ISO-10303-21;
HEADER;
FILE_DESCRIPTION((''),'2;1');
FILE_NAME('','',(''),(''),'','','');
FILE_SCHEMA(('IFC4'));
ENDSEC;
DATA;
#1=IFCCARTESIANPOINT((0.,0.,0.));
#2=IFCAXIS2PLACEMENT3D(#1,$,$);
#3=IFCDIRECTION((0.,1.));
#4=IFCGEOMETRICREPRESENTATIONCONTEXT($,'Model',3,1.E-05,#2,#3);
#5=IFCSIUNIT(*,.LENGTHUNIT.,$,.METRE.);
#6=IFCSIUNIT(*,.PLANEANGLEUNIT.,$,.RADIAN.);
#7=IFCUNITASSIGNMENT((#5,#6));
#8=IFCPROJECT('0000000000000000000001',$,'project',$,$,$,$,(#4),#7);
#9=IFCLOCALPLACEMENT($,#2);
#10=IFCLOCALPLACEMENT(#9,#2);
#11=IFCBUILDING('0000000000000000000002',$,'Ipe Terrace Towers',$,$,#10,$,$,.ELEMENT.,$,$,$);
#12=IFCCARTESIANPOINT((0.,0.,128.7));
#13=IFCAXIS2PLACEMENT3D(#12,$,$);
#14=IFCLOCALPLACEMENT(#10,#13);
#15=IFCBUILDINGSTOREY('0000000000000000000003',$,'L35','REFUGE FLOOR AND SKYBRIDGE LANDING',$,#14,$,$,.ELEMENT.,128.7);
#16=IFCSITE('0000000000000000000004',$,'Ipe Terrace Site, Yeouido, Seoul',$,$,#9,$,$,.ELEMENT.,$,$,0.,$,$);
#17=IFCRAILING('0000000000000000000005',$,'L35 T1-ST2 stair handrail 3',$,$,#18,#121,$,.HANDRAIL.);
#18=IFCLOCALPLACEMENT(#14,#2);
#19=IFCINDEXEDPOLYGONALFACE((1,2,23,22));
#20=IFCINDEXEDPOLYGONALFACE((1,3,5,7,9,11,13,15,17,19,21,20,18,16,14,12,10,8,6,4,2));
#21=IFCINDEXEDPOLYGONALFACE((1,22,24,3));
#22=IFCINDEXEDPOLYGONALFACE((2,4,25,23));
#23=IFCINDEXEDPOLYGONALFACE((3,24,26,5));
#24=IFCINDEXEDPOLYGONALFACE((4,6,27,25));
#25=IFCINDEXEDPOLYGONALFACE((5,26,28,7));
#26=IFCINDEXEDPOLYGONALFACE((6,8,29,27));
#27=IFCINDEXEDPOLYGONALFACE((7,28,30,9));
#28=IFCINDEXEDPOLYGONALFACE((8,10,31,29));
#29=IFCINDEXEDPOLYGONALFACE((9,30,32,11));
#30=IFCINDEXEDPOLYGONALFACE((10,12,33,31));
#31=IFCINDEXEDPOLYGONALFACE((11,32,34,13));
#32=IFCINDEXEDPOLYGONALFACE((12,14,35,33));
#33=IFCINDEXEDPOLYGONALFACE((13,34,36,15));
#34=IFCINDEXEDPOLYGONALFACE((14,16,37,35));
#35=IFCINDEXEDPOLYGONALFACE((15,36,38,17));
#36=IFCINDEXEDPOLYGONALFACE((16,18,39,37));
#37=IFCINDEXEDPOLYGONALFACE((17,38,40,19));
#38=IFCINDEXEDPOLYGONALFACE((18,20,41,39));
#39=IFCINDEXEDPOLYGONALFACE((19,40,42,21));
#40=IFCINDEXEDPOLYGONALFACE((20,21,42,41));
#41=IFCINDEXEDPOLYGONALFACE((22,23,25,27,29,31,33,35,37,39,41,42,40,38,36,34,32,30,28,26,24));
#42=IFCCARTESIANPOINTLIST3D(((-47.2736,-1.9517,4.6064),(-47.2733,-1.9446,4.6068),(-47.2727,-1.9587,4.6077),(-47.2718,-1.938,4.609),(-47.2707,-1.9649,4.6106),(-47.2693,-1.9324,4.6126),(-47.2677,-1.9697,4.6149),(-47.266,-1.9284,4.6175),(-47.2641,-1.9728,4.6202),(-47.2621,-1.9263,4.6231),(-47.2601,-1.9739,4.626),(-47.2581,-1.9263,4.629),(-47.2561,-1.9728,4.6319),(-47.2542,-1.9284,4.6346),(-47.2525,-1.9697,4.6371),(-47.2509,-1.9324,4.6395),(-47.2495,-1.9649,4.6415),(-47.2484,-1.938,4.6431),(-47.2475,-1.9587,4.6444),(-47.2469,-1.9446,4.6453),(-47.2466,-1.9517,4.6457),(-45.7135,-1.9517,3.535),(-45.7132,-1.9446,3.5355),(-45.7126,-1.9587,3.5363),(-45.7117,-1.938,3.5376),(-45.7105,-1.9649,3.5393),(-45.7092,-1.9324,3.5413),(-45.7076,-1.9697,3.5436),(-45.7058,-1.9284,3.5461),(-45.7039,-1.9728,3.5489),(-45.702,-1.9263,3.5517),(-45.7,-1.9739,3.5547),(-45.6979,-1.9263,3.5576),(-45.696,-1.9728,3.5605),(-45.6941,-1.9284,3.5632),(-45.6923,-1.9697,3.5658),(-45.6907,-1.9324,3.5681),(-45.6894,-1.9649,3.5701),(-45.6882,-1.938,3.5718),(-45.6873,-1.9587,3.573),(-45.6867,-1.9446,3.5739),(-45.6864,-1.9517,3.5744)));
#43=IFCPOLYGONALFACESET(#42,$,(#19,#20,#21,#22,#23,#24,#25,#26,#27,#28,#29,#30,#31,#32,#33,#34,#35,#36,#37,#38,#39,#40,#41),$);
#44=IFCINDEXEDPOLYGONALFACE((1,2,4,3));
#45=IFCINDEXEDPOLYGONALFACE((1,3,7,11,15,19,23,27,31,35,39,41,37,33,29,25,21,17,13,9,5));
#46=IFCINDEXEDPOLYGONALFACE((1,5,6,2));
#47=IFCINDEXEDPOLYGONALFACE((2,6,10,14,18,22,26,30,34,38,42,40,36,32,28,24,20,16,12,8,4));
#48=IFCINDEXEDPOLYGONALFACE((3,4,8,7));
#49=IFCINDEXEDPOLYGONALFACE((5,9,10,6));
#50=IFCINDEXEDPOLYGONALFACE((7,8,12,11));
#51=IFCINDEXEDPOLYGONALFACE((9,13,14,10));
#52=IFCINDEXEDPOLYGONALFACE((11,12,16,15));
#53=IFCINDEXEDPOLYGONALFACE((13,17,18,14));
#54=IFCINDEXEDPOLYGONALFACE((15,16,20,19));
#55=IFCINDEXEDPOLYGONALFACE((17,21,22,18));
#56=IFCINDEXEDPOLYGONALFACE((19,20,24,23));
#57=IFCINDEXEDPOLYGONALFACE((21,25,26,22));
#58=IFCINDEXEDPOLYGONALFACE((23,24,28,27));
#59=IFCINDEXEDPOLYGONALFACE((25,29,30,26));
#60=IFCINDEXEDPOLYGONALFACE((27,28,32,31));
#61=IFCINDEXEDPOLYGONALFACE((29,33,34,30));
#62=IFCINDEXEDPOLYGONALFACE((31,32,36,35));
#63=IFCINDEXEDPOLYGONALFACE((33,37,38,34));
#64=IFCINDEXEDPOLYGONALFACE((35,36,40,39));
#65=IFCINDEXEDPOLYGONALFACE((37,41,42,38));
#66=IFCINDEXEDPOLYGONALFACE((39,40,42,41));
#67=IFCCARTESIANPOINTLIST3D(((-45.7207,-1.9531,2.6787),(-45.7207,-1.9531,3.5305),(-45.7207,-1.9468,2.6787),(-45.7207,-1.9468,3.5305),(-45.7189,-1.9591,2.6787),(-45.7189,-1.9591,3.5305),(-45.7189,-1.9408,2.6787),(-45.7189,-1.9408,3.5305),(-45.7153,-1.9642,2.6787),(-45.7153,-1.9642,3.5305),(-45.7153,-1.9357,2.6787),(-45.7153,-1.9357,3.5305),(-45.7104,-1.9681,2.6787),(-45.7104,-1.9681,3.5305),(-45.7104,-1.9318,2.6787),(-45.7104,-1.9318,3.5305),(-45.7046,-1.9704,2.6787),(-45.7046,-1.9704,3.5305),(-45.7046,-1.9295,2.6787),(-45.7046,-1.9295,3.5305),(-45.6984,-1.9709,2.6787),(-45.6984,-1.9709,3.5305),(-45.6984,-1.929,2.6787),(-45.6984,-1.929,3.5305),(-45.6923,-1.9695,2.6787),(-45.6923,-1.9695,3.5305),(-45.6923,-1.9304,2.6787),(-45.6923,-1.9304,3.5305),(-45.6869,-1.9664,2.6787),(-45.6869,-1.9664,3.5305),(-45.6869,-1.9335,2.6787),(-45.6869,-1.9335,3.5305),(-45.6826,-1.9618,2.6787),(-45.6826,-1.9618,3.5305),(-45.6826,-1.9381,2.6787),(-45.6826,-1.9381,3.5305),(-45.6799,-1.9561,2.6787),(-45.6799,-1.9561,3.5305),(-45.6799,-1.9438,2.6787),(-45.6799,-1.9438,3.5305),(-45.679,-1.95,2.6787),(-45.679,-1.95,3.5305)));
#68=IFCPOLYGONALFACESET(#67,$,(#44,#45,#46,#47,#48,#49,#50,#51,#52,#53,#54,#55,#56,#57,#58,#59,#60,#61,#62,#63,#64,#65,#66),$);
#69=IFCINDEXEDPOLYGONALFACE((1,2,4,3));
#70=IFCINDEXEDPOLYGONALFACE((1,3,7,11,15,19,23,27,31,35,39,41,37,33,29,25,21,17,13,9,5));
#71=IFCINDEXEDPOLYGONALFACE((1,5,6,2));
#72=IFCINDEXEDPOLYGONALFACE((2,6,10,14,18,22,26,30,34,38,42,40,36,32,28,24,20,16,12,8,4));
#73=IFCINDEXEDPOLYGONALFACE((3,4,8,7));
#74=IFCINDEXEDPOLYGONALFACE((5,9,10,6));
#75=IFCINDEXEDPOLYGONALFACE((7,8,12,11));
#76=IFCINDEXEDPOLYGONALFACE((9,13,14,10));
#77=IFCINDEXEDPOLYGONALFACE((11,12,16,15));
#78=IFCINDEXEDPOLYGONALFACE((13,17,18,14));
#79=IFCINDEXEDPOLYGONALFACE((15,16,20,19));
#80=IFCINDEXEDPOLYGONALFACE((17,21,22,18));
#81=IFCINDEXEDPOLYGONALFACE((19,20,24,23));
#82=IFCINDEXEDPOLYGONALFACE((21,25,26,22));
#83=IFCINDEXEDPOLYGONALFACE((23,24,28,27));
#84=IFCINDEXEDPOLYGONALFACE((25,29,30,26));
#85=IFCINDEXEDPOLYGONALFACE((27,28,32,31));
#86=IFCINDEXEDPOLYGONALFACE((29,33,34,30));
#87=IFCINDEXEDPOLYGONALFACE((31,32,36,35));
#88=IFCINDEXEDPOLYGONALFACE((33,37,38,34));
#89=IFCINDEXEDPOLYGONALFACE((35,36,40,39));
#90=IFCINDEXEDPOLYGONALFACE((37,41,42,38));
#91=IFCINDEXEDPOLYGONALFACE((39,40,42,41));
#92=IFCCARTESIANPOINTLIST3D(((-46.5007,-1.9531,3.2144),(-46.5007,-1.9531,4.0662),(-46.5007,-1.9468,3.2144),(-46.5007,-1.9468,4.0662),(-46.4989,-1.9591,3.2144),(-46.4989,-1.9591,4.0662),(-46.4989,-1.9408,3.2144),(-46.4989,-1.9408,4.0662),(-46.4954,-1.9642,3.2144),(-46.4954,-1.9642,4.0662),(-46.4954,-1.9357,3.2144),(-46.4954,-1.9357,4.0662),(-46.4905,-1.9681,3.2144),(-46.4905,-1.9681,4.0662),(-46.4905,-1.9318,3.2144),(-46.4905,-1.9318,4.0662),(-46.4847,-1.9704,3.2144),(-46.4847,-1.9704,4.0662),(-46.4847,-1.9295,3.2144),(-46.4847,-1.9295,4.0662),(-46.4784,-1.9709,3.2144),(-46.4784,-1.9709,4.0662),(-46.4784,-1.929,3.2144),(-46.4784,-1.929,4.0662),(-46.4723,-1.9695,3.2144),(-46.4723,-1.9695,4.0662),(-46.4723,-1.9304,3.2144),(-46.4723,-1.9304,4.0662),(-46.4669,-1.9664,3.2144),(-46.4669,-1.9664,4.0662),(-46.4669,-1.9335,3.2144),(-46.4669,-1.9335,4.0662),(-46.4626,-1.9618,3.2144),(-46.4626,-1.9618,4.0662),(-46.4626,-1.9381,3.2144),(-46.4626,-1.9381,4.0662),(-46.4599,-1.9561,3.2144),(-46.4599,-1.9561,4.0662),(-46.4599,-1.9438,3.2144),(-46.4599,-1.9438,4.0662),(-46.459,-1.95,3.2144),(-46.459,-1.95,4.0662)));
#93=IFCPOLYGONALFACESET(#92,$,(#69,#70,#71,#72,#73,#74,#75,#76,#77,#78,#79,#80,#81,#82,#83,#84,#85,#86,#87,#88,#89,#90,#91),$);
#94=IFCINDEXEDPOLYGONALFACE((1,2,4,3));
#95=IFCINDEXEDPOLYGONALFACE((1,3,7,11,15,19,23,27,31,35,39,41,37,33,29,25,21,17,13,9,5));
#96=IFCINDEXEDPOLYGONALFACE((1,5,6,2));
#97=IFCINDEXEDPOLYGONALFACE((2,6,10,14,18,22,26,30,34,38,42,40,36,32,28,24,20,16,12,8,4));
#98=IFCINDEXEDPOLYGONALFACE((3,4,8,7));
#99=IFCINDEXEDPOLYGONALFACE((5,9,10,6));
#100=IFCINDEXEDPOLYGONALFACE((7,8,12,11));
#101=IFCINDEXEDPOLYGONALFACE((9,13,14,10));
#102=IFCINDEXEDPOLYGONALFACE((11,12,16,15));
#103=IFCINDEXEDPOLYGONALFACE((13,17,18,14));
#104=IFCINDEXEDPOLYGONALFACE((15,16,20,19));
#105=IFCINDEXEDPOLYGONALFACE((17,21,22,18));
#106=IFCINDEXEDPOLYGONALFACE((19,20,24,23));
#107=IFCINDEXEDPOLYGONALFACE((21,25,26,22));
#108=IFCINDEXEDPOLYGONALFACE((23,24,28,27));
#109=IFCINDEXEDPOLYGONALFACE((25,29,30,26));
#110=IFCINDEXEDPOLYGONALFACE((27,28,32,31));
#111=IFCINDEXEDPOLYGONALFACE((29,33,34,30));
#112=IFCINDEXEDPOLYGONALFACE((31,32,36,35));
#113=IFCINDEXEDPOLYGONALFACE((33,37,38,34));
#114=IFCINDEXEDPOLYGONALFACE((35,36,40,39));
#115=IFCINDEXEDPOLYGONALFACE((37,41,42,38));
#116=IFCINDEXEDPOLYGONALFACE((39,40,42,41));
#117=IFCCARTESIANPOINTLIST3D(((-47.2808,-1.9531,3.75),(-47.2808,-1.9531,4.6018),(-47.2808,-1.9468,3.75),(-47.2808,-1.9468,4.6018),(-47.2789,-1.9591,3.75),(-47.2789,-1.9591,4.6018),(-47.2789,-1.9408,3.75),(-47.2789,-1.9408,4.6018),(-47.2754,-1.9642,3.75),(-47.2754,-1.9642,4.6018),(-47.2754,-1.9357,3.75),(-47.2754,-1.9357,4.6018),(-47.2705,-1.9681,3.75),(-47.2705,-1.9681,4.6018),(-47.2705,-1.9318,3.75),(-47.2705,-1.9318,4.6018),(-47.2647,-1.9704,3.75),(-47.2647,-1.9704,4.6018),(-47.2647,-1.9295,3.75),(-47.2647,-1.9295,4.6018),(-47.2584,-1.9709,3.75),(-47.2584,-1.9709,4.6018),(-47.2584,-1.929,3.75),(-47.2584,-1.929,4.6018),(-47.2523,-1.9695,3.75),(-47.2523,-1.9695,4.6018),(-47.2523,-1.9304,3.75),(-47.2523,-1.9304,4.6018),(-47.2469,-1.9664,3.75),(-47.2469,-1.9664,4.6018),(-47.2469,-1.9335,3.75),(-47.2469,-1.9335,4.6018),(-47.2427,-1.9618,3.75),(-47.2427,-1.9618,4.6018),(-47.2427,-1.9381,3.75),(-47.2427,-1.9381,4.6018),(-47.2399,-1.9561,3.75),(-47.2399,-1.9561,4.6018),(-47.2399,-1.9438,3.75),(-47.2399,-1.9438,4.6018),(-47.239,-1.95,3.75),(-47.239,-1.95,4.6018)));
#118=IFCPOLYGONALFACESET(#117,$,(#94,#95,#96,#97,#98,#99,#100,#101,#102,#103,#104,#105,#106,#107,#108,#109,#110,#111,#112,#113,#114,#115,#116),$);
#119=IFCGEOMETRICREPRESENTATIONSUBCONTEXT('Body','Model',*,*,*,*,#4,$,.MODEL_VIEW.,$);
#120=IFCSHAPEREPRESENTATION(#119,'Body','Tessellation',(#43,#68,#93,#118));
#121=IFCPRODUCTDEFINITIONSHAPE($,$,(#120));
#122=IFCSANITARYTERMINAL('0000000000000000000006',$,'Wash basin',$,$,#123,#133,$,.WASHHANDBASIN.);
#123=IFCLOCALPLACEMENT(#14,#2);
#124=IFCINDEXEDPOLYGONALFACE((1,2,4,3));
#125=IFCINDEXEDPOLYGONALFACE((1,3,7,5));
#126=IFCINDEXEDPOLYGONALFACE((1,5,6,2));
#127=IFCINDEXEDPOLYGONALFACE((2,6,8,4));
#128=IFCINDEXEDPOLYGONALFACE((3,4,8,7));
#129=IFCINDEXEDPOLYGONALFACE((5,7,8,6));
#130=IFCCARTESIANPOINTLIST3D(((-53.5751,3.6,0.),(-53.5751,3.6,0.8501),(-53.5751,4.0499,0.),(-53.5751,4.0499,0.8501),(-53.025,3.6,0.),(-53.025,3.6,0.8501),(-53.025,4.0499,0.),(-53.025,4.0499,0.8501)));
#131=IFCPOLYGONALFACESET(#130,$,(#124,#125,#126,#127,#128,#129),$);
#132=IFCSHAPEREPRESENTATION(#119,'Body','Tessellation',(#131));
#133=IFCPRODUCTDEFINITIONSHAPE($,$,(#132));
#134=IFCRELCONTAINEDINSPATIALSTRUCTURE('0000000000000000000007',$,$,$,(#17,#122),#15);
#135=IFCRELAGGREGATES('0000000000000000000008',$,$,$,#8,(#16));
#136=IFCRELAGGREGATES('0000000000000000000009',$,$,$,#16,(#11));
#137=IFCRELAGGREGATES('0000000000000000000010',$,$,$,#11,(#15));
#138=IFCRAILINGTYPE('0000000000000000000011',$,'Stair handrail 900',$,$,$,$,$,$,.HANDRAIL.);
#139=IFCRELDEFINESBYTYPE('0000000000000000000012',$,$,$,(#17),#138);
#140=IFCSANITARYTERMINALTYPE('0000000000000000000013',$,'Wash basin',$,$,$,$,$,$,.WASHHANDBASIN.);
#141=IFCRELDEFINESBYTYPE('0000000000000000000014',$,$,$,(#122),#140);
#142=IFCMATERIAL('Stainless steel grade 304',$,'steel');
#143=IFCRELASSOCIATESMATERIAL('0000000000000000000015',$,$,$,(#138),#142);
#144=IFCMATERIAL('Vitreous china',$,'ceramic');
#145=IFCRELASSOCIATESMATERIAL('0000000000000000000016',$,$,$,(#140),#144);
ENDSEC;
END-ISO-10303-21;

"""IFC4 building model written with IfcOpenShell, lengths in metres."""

from ifc_helpers import new_model, si_unit, direction, frame, origin, origin_2d, place, context, subcontext, project, spatial, rectangle, circle, extrude, material, type_object, element, save


model = new_model("IFC4")

# Units and contexts
model_context = context("Model", 3, precision=1e-05, world=origin(), true_north=direction((0.0, 1.0)))
body_context = subcontext(model_context, "Body", "Model", "MODEL_VIEW")
ifc_project = project(units=[si_unit("LENGTHUNIT", "METRE"), si_unit("PLANEANGLEUNIT", "RADIAN")], contexts=[model_context])

# Site, building, storey
site_placement = place(None, origin())
site = spatial("IfcSite", under=ifc_project, at=site_placement, Name="Ipe Terrace Site, Yeouido, Seoul", CompositionType="ELEMENT", RefElevation=0.0)
building_placement = place(site_placement, origin())
building = spatial("IfcBuilding", under=site, at=building_placement, Name="Ipe Terrace Towers", CompositionType="ELEMENT")
storey_placement = place(building_placement, frame((0.0, 0.0, 128.7)))
storey = spatial("IfcBuildingStorey", under=building, at=storey_placement, Name="L35", Description="REFUGE FLOOR AND SKYBRIDGE LANDING", CompositionType="ELEMENT", Elevation=128.7)

# Railing
ifc_material_1 = material(Name="Stainless steel grade 304", Category="steel")
railing_type = type_object("IfcRailingType", Name="Stair handrail 900", PredefinedType="HANDRAIL", material=ifc_material_1)
railing_placement = place(storey_placement, frame((-45.7, -1.95, 2.6787)))
element("IfcRailing", 1, at=railing_placement, inside=storey, type_object=railing_type, Name="L35 T1-ST2 stair handrail 3", PredefinedType="HANDRAIL", context=body_context, shape_type="SweptSolid", body=[
    extrude(circle(Radius=0.0239, at=origin_2d()), frame((0.0, 0.0, 0.876), z_axis=(-0.82435, 0.0, 0.56608), x_axis=(0.0, -1.0, 0.0)), (0.0, 0.0, 1.0), 1.8926),
    extrude(circle(Radius=0.021, at=origin_2d()), origin(), (0.0, 0.0, 1.0), 0.8518),
    extrude(circle(Radius=0.021, at=origin_2d()), frame((-0.78, 0.0, 0.5356)), (0.0, 0.0, 1.0), 0.8518),
    extrude(circle(Radius=0.021, at=origin_2d()), frame((-1.5601, 0.0, 1.0713)), (0.0, 0.0, 1.0), 0.8518),
])

# Sanitary terminal
ifc_material_2 = material(Name="Vitreous china", Category="ceramic")
sanitary_terminal_type = type_object("IfcSanitaryTerminalType", Name="Wash basin", PredefinedType="WASHHANDBASIN", material=ifc_material_2)
sanitary_terminal_placement = place(storey_placement, frame((-53.3, 3.825, 0.0), z_axis=(0.0, 0.0, 1.0), x_axis=(1.0, 0.0, 0.0)))
element("IfcSanitaryTerminal", 2, at=sanitary_terminal_placement, inside=storey, type_object=sanitary_terminal_type, Name="Wash basin", PredefinedType="WASHHANDBASIN", context=body_context, shape_type="SweptSolid", body=[
    extrude(rectangle(XDim=0.55, YDim=0.45, at=origin_2d()), origin(), (0.0, 0.0, 1.0), 0.8501),
])

save(model, "model.ifc")
